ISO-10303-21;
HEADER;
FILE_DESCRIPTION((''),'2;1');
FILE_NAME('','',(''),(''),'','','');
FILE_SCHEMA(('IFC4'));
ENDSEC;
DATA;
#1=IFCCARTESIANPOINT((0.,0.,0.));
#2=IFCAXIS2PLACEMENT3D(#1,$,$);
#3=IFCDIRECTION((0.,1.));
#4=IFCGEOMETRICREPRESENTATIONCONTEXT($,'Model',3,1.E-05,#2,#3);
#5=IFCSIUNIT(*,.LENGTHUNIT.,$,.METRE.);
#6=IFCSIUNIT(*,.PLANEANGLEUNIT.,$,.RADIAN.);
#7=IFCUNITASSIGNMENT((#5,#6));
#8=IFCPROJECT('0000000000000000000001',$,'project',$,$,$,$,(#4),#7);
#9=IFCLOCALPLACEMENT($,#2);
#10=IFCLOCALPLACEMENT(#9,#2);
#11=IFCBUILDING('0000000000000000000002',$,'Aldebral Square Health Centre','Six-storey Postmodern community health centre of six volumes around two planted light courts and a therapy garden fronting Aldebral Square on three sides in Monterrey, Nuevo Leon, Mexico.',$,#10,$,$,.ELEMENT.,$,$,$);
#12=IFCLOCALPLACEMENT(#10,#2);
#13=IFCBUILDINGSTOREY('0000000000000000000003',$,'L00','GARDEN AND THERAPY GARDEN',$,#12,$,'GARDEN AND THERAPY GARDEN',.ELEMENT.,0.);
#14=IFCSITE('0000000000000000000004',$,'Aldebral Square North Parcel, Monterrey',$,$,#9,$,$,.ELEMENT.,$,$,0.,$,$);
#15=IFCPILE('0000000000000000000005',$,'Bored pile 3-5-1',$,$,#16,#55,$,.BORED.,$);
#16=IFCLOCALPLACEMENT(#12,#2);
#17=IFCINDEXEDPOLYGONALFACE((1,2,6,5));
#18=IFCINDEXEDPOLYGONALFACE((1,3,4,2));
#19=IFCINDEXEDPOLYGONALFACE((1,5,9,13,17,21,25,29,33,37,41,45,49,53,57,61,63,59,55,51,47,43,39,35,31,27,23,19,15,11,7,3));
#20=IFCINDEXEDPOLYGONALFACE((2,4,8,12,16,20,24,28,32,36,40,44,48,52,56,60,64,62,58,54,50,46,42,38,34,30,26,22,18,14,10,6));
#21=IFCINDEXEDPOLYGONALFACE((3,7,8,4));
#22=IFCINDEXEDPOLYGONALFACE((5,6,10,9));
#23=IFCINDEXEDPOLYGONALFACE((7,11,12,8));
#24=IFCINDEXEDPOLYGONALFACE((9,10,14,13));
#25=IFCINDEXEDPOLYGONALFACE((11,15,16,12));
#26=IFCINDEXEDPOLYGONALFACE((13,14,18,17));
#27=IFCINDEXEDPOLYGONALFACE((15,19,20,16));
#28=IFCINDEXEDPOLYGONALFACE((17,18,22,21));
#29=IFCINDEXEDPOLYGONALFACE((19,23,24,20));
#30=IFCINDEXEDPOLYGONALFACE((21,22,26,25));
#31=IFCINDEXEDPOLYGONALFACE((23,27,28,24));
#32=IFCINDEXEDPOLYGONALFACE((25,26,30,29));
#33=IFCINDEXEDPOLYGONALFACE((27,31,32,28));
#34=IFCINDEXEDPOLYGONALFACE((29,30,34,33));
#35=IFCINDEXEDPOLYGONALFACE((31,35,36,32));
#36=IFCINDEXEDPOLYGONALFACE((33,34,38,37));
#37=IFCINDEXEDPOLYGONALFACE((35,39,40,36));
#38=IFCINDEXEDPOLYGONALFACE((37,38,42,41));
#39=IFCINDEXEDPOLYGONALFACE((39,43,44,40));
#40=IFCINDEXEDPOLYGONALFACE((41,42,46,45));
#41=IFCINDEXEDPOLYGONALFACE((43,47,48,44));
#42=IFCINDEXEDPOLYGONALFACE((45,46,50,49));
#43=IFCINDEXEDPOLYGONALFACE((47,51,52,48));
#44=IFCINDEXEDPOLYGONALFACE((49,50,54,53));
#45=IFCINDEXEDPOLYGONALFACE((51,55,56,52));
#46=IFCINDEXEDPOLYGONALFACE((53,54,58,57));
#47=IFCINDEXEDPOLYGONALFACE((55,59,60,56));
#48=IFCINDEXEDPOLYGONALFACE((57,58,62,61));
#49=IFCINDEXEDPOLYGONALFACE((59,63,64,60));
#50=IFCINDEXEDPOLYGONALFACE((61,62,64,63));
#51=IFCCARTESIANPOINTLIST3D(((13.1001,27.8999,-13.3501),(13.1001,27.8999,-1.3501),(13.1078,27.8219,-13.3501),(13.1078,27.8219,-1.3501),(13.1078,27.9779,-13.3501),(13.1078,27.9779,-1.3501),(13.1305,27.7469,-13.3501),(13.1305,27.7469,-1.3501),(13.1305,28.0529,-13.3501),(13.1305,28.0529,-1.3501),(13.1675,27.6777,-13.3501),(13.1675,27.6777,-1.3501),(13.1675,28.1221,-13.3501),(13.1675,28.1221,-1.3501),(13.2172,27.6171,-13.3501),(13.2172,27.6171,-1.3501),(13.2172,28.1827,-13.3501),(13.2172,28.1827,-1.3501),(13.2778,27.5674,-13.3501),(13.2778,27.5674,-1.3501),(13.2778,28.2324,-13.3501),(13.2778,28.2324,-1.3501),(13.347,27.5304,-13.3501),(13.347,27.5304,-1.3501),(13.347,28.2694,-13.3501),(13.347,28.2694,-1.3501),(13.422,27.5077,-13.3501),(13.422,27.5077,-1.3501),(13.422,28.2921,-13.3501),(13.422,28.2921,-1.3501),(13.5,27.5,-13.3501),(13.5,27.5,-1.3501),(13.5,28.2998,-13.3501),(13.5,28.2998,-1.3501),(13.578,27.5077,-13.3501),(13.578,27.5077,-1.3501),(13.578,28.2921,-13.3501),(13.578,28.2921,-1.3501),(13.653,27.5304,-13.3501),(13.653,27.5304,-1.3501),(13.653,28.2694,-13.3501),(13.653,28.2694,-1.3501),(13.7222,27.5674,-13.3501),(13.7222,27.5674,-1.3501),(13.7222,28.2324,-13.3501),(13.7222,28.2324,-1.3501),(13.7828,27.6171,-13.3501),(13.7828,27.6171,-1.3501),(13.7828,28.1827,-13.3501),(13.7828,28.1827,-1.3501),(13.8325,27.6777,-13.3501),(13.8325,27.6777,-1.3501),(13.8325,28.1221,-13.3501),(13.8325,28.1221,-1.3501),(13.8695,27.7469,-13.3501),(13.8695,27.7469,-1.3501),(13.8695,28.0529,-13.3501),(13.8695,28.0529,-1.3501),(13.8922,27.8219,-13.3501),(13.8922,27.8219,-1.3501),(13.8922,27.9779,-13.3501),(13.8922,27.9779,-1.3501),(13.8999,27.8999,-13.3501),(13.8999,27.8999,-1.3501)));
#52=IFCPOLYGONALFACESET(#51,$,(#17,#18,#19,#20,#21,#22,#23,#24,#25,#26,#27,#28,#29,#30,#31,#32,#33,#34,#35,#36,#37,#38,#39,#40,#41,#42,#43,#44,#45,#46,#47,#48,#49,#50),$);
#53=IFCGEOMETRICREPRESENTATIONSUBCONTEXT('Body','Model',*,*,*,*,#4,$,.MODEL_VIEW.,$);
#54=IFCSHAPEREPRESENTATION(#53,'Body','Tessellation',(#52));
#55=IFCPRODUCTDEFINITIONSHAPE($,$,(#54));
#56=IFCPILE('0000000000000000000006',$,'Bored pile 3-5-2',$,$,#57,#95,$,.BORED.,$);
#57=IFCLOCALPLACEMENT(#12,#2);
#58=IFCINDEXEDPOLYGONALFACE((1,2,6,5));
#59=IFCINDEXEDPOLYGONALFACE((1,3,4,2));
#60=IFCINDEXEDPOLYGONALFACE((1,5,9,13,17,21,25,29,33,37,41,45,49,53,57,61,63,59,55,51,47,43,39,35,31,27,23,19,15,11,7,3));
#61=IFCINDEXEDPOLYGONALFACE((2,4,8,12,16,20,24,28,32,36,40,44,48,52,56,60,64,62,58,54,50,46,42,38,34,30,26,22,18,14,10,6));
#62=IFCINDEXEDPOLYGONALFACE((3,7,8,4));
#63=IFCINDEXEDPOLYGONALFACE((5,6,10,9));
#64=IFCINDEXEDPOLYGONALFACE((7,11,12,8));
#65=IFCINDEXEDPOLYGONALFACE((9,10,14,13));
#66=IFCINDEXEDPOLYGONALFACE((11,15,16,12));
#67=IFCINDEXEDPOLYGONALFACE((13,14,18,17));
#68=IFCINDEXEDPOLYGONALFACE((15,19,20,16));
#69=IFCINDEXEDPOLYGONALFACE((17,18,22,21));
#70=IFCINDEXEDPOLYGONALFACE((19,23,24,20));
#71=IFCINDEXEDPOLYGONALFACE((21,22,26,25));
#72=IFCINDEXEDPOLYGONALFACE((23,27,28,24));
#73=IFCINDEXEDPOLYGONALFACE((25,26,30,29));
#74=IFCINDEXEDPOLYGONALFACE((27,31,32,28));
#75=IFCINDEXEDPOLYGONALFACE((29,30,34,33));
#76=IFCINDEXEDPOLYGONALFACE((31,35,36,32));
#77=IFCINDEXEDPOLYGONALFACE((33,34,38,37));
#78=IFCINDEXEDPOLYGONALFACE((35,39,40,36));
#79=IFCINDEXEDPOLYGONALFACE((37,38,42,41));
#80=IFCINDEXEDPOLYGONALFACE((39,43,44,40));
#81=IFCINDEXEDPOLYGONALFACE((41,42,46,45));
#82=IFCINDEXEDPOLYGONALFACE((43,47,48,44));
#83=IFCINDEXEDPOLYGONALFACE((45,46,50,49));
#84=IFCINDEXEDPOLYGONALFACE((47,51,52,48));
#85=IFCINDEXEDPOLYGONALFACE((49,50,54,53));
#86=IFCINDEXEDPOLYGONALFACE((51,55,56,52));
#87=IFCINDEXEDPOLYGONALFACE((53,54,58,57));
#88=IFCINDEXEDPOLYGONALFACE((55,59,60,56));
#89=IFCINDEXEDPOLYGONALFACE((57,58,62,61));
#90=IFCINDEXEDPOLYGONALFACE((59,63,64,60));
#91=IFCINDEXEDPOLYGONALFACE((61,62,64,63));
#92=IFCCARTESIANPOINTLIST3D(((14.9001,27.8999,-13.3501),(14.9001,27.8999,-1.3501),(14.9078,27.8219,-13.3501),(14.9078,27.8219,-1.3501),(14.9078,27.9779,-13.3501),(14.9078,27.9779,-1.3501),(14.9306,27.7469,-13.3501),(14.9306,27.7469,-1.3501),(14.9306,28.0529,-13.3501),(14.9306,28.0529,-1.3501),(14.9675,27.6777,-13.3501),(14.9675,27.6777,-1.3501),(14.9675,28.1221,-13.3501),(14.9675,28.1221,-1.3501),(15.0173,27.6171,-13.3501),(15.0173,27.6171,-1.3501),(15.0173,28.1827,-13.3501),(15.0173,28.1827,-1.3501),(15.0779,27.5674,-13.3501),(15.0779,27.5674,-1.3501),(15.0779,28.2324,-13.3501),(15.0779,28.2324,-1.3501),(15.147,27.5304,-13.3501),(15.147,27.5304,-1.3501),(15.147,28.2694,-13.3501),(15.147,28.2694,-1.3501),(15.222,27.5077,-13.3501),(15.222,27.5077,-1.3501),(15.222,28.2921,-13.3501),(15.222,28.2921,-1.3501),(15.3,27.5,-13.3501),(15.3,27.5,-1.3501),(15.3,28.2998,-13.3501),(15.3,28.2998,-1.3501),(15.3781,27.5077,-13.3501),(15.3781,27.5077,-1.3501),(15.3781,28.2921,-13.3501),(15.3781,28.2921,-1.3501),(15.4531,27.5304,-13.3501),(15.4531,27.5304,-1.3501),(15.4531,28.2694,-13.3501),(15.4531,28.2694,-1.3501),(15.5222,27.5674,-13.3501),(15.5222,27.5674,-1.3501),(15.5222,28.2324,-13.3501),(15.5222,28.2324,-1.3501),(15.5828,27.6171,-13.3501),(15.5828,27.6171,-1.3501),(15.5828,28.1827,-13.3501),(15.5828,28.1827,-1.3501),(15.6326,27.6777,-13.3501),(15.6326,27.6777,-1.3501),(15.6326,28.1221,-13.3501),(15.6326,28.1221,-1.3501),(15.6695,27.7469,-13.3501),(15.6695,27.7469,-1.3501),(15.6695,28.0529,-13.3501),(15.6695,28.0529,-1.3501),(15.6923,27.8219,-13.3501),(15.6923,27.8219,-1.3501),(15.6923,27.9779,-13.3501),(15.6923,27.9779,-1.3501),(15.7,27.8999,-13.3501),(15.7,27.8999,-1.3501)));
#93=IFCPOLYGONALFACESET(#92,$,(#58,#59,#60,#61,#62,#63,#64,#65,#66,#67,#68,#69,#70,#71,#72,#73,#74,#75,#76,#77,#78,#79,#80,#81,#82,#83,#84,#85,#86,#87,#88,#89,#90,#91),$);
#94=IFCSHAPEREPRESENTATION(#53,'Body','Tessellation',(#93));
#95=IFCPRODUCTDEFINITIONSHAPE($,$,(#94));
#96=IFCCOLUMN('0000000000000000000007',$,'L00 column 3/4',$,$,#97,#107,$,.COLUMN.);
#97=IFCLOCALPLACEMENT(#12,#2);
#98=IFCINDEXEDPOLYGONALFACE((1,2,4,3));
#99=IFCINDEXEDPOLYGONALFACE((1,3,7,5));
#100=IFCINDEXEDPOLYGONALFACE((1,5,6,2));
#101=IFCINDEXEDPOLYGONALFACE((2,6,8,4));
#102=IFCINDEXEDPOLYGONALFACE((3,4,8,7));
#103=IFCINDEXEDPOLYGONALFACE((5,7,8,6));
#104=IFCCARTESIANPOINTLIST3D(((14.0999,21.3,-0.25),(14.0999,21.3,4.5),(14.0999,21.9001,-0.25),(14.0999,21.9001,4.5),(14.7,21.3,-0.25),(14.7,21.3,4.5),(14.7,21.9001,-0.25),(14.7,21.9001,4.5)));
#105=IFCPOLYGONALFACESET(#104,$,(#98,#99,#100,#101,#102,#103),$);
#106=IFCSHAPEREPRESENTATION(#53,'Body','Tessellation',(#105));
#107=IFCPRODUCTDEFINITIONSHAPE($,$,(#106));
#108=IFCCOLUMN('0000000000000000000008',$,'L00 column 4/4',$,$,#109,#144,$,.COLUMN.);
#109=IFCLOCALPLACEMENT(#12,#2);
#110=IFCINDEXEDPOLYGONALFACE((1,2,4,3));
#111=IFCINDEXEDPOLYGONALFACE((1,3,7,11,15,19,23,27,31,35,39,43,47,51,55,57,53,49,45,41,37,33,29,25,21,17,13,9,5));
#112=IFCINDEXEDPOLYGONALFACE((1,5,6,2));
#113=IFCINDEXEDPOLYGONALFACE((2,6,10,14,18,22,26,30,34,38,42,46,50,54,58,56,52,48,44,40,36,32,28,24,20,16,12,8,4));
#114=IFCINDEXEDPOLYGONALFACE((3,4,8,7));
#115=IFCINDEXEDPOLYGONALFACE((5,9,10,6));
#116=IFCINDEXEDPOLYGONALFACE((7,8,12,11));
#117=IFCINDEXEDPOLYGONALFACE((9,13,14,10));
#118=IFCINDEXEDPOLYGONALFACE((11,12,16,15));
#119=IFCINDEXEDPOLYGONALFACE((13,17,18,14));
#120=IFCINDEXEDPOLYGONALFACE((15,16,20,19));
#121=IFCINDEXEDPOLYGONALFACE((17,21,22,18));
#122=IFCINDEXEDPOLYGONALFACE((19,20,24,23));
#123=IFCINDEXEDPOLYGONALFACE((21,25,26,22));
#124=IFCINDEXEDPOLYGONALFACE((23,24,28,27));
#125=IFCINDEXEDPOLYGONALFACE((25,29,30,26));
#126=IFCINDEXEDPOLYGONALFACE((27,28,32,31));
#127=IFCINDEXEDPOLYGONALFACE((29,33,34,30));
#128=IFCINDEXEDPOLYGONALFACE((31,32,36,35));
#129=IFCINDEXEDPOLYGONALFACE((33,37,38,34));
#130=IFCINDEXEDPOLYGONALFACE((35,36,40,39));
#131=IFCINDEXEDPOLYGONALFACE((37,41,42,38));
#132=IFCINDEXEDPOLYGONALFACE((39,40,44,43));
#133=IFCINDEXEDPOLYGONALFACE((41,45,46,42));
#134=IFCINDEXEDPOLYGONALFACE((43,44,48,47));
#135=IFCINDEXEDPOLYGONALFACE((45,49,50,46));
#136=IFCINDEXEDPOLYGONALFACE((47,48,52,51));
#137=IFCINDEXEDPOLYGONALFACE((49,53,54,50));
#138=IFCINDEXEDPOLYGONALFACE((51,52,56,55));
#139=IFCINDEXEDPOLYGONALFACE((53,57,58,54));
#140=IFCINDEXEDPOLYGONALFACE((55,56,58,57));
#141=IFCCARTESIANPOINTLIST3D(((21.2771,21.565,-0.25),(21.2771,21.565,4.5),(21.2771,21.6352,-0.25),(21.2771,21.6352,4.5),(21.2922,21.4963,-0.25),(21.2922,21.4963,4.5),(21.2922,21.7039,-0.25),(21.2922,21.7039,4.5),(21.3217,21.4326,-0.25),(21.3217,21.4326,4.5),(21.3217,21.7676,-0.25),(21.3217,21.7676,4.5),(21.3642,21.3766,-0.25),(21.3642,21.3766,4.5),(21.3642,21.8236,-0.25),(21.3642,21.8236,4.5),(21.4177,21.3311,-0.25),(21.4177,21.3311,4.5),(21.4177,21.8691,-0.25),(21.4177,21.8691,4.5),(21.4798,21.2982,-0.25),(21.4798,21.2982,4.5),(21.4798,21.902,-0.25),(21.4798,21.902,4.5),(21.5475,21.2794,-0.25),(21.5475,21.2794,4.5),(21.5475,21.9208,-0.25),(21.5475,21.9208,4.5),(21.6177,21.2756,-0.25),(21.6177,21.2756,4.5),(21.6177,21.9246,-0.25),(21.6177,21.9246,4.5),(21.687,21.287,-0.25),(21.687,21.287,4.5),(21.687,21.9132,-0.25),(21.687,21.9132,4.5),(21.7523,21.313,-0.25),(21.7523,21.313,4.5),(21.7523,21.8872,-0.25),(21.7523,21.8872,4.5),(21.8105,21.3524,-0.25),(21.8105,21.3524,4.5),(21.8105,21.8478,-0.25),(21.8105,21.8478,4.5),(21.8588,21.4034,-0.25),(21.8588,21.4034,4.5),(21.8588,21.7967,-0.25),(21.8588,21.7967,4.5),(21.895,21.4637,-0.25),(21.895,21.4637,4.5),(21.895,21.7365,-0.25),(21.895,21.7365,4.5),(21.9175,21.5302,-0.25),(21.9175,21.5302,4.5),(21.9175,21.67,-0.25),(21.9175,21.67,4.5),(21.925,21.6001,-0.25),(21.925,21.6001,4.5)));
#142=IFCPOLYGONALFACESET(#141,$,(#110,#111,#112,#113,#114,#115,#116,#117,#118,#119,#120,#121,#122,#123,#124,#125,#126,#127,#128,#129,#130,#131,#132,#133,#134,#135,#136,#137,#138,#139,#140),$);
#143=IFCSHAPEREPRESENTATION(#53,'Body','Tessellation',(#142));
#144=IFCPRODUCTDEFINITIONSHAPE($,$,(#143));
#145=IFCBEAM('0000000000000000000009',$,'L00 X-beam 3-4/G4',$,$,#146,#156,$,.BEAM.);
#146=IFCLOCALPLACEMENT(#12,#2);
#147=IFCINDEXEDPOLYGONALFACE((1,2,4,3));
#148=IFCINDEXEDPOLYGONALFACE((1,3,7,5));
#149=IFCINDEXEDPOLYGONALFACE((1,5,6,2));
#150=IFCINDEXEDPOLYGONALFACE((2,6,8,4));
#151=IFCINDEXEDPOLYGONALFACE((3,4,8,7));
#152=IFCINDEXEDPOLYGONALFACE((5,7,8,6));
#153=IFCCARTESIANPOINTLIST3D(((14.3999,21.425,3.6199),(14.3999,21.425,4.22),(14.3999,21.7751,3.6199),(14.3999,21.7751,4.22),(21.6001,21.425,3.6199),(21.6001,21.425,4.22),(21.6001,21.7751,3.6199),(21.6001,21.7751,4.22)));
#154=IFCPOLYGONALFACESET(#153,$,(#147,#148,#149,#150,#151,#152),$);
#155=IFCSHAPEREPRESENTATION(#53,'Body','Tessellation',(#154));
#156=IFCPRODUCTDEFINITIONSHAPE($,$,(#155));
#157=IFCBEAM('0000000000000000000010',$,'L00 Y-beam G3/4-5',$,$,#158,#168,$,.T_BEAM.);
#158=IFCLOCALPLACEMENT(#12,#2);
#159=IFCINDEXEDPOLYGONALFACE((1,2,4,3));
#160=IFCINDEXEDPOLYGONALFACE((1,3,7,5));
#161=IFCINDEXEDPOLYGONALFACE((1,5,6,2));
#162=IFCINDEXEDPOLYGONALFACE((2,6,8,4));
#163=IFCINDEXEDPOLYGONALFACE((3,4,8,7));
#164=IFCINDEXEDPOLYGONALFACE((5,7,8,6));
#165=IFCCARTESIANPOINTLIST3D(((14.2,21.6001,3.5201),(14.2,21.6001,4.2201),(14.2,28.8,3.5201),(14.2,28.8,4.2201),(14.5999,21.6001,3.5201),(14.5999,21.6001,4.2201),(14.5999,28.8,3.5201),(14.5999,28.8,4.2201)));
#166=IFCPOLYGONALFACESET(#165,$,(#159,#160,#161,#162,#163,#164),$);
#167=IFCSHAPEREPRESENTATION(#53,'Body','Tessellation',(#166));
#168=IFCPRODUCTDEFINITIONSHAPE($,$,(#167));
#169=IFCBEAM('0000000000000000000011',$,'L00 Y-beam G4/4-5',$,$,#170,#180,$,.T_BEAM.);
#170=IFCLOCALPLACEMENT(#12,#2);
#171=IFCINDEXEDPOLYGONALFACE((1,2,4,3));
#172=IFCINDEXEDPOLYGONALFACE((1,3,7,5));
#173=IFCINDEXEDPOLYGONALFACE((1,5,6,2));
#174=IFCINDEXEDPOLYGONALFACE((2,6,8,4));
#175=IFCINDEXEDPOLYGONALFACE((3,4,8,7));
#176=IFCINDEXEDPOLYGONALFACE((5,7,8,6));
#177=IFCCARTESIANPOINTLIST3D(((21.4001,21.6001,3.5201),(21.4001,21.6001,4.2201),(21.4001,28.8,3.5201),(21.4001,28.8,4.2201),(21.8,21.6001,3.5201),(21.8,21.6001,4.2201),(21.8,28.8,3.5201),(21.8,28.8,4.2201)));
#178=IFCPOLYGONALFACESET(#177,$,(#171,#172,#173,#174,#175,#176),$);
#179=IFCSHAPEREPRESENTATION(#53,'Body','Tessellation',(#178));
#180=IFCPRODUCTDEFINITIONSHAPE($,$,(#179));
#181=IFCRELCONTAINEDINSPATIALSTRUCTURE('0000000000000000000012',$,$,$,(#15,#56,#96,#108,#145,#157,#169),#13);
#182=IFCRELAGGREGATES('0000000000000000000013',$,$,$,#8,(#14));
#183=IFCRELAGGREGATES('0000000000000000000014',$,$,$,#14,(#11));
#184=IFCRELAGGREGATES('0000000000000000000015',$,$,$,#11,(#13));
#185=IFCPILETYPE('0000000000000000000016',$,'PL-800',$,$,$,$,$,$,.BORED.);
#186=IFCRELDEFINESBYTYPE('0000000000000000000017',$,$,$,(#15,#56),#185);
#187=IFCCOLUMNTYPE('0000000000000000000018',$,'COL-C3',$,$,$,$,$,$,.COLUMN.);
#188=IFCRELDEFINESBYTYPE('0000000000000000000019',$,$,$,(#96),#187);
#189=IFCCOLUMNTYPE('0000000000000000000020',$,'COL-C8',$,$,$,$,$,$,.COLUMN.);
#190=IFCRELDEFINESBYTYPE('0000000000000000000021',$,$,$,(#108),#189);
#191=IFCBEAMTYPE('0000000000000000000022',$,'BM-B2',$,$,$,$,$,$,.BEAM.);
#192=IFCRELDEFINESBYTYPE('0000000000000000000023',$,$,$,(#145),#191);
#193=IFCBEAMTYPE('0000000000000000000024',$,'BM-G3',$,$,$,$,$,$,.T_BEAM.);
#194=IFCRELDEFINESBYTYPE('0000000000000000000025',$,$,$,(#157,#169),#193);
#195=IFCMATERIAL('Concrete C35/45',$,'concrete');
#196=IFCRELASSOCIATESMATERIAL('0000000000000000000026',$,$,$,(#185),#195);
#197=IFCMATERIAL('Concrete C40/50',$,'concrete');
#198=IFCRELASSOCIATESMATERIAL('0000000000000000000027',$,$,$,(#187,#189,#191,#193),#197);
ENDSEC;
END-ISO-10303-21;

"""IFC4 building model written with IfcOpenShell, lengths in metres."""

from ifc_helpers import new_model, si_unit, direction, frame, origin, origin_2d, place, context, subcontext, project, spatial, rectangle, circle, extrude, material, material_profile, profile_set, type_object, element, save


model = new_model("IFC4")

# Units and contexts
model_context = context("Model", 3, precision=1e-05, world=origin(), true_north=direction((0.0, 1.0)))
body_context = subcontext(model_context, "Body", "Model", "MODEL_VIEW")
ifc_project = project(units=[si_unit("LENGTHUNIT", "METRE"), si_unit("PLANEANGLEUNIT", "RADIAN")], contexts=[model_context])

# Site, building, storey
site_placement = place(None, origin())
site = spatial("IfcSite", under=ifc_project, at=site_placement, Name="Aldebral Square North Parcel, Monterrey", CompositionType="ELEMENT", RefElevation=0.0)
building_placement = place(site_placement, origin())
building = spatial("IfcBuilding", under=site, at=building_placement, Name="Aldebral Square Health Centre", Description="Six-storey Postmodern community health centre of six volumes around two planted light courts and a therapy garden fronting Aldebral Square on three sides in Monterrey, Nuevo Leon, Mexico.", CompositionType="ELEMENT")
storey_placement = place(building_placement, origin())
storey = spatial("IfcBuildingStorey", under=building, at=storey_placement, Name="L00", Description="GARDEN AND THERAPY GARDEN", LongName="GARDEN AND THERAPY GARDEN", CompositionType="ELEMENT", Elevation=0.0)

# Shared definitions
ifc_material_1 = material(Name="Concrete C35/45", Category="concrete")

# Piles
ifc_material_profile_1 = material_profile(ifc_material_1, circle(Radius=0.3999, at=origin_2d()), Name="PILE D800")
ifc_profile_set_1 = profile_set([ifc_material_profile_1], Name="Concrete C35/45")
pile_type_1 = type_object("IfcPileType", Name="PL-800", PredefinedType="BORED", material=ifc_profile_set_1)
for number, where, z_axis, x_axis, name in (
    (1, (13.5, 27.8999, -1.3501), (0.0, 0.0, -1.0), (1.0, 0.0, 0.0), "Bored pile 3-5-1"),
    (2, (15.3, 27.8999, -1.3501), (0.0, 0.0, -1.0), (1.0, 0.0, 0.0), "Bored pile 3-5-2"),
):
    element("IfcPile", number, at=place(storey_placement, frame(where, z_axis=z_axis, x_axis=x_axis)), inside=storey, type_object=pile_type_1, Name=name, PredefinedType="BORED", context=body_context, shape_type="SweptSolid", body=[
        extrude(circle(Radius=0.3999, at=origin_2d()), origin(), (0.0, 0.0, 1.0), 12.0),
    ])

# Columns
ifc_material_2 = material(Name="Concrete C40/50", Category="concrete")
ifc_material_profile_2 = material_profile(ifc_material_2, rectangle(XDim=0.6001, YDim=0.6001, at=origin_2d()), Name="RC 600x600")
ifc_profile_set_2 = profile_set([ifc_material_profile_2], Name="Concrete C40/50")
column_type_1 = type_object("IfcColumnType", Name="COL-C3", PredefinedType="COLUMN", material=ifc_profile_set_2)
column_1_placement = place(storey_placement, frame((14.3999, 21.6001, -0.25), z_axis=(0.0, 0.0, 1.0), x_axis=(1.0, 0.0, 0.0)))
element("IfcColumn", 3, at=column_1_placement, inside=storey, type_object=column_type_1, Name="L00 column 3/4", PredefinedType="COLUMN", context=body_context, shape_type="SweptSolid", body=[
    extrude(rectangle(XDim=0.6001, YDim=0.6001, at=origin_2d()), origin(), (0.0, 0.0, 1.0), 4.75),
])
ifc_material_profile_3 = material_profile(ifc_material_2, circle(Radius=0.325, at=origin_2d()), Name="RC D650")
ifc_profile_set_3 = profile_set([ifc_material_profile_3], Name="Concrete C40/50")
column_type_2 = type_object("IfcColumnType", Name="COL-C8", PredefinedType="COLUMN", material=ifc_profile_set_3)
column_2_placement = place(storey_placement, frame((21.6001, 21.6001, -0.25), z_axis=(0.0, 0.0, 1.0), x_axis=(1.0, 0.0, 0.0)))
element("IfcColumn", 4, at=column_2_placement, inside=storey, type_object=column_type_2, Name="L00 column 4/4", PredefinedType="COLUMN", context=body_context, shape_type="SweptSolid", body=[
    extrude(circle(Radius=0.325, at=origin_2d()), origin(), (0.0, 0.0, 1.0), 4.75),
])

# Beams
ifc_material_profile_4 = material_profile(ifc_material_2, rectangle(XDim=0.3501, YDim=0.6001, at=origin_2d()), Name="RC 350x600")
ifc_profile_set_4 = profile_set([ifc_material_profile_4], Name="Concrete C40/50")
beam_type_1 = type_object("IfcBeamType", Name="BM-B2", PredefinedType="BEAM", material=ifc_profile_set_4)
beam_placement = place(storey_placement, frame((14.3999, 21.6001, 3.9199), z_axis=(1.0, 0.0, 0.0), x_axis=(0.0, 1.0, 0.0)))
element("IfcBeam", 5, at=beam_placement, inside=storey, type_object=beam_type_1, Name="L00 X-beam 3-4/G4", PredefinedType="BEAM", context=body_context, shape_type="SweptSolid", body=[
    extrude(rectangle(XDim=0.3501, YDim=0.6001, at=origin_2d()), origin(), (0.0, 0.0, 1.0), 7.2002),
])
ifc_material_profile_5 = material_profile(ifc_material_2, rectangle(XDim=0.3999, YDim=0.7, at=origin_2d()), Name="RC 400x700")
ifc_profile_set_5 = profile_set([ifc_material_profile_5], Name="Concrete C40/50")
beam_type_2 = type_object("IfcBeamType", Name="BM-G3", PredefinedType="T_BEAM", material=ifc_profile_set_5)
for number, where, z_axis, x_axis, name in (
    (6, (14.3999, 21.6001, 3.8701), (0.0, 1.0, 0.0), (-1.0, 0.0, 0.0), "L00 Y-beam G3/4-5"),
    (7, (21.6001, 21.6001, 3.8701), (0.0, 1.0, 0.0), (-1.0, 0.0, 0.0), "L00 Y-beam G4/4-5"),
):
    element("IfcBeam", number, at=place(storey_placement, frame(where, z_axis=z_axis, x_axis=x_axis)), inside=storey, type_object=beam_type_2, Name=name, PredefinedType="T_BEAM", context=body_context, shape_type="SweptSolid", body=[
        extrude(rectangle(XDim=0.3999, YDim=0.7, at=origin_2d()), origin(), (0.0, 0.0, 1.0), 7.2),
    ])

save(model, "model.ifc")
